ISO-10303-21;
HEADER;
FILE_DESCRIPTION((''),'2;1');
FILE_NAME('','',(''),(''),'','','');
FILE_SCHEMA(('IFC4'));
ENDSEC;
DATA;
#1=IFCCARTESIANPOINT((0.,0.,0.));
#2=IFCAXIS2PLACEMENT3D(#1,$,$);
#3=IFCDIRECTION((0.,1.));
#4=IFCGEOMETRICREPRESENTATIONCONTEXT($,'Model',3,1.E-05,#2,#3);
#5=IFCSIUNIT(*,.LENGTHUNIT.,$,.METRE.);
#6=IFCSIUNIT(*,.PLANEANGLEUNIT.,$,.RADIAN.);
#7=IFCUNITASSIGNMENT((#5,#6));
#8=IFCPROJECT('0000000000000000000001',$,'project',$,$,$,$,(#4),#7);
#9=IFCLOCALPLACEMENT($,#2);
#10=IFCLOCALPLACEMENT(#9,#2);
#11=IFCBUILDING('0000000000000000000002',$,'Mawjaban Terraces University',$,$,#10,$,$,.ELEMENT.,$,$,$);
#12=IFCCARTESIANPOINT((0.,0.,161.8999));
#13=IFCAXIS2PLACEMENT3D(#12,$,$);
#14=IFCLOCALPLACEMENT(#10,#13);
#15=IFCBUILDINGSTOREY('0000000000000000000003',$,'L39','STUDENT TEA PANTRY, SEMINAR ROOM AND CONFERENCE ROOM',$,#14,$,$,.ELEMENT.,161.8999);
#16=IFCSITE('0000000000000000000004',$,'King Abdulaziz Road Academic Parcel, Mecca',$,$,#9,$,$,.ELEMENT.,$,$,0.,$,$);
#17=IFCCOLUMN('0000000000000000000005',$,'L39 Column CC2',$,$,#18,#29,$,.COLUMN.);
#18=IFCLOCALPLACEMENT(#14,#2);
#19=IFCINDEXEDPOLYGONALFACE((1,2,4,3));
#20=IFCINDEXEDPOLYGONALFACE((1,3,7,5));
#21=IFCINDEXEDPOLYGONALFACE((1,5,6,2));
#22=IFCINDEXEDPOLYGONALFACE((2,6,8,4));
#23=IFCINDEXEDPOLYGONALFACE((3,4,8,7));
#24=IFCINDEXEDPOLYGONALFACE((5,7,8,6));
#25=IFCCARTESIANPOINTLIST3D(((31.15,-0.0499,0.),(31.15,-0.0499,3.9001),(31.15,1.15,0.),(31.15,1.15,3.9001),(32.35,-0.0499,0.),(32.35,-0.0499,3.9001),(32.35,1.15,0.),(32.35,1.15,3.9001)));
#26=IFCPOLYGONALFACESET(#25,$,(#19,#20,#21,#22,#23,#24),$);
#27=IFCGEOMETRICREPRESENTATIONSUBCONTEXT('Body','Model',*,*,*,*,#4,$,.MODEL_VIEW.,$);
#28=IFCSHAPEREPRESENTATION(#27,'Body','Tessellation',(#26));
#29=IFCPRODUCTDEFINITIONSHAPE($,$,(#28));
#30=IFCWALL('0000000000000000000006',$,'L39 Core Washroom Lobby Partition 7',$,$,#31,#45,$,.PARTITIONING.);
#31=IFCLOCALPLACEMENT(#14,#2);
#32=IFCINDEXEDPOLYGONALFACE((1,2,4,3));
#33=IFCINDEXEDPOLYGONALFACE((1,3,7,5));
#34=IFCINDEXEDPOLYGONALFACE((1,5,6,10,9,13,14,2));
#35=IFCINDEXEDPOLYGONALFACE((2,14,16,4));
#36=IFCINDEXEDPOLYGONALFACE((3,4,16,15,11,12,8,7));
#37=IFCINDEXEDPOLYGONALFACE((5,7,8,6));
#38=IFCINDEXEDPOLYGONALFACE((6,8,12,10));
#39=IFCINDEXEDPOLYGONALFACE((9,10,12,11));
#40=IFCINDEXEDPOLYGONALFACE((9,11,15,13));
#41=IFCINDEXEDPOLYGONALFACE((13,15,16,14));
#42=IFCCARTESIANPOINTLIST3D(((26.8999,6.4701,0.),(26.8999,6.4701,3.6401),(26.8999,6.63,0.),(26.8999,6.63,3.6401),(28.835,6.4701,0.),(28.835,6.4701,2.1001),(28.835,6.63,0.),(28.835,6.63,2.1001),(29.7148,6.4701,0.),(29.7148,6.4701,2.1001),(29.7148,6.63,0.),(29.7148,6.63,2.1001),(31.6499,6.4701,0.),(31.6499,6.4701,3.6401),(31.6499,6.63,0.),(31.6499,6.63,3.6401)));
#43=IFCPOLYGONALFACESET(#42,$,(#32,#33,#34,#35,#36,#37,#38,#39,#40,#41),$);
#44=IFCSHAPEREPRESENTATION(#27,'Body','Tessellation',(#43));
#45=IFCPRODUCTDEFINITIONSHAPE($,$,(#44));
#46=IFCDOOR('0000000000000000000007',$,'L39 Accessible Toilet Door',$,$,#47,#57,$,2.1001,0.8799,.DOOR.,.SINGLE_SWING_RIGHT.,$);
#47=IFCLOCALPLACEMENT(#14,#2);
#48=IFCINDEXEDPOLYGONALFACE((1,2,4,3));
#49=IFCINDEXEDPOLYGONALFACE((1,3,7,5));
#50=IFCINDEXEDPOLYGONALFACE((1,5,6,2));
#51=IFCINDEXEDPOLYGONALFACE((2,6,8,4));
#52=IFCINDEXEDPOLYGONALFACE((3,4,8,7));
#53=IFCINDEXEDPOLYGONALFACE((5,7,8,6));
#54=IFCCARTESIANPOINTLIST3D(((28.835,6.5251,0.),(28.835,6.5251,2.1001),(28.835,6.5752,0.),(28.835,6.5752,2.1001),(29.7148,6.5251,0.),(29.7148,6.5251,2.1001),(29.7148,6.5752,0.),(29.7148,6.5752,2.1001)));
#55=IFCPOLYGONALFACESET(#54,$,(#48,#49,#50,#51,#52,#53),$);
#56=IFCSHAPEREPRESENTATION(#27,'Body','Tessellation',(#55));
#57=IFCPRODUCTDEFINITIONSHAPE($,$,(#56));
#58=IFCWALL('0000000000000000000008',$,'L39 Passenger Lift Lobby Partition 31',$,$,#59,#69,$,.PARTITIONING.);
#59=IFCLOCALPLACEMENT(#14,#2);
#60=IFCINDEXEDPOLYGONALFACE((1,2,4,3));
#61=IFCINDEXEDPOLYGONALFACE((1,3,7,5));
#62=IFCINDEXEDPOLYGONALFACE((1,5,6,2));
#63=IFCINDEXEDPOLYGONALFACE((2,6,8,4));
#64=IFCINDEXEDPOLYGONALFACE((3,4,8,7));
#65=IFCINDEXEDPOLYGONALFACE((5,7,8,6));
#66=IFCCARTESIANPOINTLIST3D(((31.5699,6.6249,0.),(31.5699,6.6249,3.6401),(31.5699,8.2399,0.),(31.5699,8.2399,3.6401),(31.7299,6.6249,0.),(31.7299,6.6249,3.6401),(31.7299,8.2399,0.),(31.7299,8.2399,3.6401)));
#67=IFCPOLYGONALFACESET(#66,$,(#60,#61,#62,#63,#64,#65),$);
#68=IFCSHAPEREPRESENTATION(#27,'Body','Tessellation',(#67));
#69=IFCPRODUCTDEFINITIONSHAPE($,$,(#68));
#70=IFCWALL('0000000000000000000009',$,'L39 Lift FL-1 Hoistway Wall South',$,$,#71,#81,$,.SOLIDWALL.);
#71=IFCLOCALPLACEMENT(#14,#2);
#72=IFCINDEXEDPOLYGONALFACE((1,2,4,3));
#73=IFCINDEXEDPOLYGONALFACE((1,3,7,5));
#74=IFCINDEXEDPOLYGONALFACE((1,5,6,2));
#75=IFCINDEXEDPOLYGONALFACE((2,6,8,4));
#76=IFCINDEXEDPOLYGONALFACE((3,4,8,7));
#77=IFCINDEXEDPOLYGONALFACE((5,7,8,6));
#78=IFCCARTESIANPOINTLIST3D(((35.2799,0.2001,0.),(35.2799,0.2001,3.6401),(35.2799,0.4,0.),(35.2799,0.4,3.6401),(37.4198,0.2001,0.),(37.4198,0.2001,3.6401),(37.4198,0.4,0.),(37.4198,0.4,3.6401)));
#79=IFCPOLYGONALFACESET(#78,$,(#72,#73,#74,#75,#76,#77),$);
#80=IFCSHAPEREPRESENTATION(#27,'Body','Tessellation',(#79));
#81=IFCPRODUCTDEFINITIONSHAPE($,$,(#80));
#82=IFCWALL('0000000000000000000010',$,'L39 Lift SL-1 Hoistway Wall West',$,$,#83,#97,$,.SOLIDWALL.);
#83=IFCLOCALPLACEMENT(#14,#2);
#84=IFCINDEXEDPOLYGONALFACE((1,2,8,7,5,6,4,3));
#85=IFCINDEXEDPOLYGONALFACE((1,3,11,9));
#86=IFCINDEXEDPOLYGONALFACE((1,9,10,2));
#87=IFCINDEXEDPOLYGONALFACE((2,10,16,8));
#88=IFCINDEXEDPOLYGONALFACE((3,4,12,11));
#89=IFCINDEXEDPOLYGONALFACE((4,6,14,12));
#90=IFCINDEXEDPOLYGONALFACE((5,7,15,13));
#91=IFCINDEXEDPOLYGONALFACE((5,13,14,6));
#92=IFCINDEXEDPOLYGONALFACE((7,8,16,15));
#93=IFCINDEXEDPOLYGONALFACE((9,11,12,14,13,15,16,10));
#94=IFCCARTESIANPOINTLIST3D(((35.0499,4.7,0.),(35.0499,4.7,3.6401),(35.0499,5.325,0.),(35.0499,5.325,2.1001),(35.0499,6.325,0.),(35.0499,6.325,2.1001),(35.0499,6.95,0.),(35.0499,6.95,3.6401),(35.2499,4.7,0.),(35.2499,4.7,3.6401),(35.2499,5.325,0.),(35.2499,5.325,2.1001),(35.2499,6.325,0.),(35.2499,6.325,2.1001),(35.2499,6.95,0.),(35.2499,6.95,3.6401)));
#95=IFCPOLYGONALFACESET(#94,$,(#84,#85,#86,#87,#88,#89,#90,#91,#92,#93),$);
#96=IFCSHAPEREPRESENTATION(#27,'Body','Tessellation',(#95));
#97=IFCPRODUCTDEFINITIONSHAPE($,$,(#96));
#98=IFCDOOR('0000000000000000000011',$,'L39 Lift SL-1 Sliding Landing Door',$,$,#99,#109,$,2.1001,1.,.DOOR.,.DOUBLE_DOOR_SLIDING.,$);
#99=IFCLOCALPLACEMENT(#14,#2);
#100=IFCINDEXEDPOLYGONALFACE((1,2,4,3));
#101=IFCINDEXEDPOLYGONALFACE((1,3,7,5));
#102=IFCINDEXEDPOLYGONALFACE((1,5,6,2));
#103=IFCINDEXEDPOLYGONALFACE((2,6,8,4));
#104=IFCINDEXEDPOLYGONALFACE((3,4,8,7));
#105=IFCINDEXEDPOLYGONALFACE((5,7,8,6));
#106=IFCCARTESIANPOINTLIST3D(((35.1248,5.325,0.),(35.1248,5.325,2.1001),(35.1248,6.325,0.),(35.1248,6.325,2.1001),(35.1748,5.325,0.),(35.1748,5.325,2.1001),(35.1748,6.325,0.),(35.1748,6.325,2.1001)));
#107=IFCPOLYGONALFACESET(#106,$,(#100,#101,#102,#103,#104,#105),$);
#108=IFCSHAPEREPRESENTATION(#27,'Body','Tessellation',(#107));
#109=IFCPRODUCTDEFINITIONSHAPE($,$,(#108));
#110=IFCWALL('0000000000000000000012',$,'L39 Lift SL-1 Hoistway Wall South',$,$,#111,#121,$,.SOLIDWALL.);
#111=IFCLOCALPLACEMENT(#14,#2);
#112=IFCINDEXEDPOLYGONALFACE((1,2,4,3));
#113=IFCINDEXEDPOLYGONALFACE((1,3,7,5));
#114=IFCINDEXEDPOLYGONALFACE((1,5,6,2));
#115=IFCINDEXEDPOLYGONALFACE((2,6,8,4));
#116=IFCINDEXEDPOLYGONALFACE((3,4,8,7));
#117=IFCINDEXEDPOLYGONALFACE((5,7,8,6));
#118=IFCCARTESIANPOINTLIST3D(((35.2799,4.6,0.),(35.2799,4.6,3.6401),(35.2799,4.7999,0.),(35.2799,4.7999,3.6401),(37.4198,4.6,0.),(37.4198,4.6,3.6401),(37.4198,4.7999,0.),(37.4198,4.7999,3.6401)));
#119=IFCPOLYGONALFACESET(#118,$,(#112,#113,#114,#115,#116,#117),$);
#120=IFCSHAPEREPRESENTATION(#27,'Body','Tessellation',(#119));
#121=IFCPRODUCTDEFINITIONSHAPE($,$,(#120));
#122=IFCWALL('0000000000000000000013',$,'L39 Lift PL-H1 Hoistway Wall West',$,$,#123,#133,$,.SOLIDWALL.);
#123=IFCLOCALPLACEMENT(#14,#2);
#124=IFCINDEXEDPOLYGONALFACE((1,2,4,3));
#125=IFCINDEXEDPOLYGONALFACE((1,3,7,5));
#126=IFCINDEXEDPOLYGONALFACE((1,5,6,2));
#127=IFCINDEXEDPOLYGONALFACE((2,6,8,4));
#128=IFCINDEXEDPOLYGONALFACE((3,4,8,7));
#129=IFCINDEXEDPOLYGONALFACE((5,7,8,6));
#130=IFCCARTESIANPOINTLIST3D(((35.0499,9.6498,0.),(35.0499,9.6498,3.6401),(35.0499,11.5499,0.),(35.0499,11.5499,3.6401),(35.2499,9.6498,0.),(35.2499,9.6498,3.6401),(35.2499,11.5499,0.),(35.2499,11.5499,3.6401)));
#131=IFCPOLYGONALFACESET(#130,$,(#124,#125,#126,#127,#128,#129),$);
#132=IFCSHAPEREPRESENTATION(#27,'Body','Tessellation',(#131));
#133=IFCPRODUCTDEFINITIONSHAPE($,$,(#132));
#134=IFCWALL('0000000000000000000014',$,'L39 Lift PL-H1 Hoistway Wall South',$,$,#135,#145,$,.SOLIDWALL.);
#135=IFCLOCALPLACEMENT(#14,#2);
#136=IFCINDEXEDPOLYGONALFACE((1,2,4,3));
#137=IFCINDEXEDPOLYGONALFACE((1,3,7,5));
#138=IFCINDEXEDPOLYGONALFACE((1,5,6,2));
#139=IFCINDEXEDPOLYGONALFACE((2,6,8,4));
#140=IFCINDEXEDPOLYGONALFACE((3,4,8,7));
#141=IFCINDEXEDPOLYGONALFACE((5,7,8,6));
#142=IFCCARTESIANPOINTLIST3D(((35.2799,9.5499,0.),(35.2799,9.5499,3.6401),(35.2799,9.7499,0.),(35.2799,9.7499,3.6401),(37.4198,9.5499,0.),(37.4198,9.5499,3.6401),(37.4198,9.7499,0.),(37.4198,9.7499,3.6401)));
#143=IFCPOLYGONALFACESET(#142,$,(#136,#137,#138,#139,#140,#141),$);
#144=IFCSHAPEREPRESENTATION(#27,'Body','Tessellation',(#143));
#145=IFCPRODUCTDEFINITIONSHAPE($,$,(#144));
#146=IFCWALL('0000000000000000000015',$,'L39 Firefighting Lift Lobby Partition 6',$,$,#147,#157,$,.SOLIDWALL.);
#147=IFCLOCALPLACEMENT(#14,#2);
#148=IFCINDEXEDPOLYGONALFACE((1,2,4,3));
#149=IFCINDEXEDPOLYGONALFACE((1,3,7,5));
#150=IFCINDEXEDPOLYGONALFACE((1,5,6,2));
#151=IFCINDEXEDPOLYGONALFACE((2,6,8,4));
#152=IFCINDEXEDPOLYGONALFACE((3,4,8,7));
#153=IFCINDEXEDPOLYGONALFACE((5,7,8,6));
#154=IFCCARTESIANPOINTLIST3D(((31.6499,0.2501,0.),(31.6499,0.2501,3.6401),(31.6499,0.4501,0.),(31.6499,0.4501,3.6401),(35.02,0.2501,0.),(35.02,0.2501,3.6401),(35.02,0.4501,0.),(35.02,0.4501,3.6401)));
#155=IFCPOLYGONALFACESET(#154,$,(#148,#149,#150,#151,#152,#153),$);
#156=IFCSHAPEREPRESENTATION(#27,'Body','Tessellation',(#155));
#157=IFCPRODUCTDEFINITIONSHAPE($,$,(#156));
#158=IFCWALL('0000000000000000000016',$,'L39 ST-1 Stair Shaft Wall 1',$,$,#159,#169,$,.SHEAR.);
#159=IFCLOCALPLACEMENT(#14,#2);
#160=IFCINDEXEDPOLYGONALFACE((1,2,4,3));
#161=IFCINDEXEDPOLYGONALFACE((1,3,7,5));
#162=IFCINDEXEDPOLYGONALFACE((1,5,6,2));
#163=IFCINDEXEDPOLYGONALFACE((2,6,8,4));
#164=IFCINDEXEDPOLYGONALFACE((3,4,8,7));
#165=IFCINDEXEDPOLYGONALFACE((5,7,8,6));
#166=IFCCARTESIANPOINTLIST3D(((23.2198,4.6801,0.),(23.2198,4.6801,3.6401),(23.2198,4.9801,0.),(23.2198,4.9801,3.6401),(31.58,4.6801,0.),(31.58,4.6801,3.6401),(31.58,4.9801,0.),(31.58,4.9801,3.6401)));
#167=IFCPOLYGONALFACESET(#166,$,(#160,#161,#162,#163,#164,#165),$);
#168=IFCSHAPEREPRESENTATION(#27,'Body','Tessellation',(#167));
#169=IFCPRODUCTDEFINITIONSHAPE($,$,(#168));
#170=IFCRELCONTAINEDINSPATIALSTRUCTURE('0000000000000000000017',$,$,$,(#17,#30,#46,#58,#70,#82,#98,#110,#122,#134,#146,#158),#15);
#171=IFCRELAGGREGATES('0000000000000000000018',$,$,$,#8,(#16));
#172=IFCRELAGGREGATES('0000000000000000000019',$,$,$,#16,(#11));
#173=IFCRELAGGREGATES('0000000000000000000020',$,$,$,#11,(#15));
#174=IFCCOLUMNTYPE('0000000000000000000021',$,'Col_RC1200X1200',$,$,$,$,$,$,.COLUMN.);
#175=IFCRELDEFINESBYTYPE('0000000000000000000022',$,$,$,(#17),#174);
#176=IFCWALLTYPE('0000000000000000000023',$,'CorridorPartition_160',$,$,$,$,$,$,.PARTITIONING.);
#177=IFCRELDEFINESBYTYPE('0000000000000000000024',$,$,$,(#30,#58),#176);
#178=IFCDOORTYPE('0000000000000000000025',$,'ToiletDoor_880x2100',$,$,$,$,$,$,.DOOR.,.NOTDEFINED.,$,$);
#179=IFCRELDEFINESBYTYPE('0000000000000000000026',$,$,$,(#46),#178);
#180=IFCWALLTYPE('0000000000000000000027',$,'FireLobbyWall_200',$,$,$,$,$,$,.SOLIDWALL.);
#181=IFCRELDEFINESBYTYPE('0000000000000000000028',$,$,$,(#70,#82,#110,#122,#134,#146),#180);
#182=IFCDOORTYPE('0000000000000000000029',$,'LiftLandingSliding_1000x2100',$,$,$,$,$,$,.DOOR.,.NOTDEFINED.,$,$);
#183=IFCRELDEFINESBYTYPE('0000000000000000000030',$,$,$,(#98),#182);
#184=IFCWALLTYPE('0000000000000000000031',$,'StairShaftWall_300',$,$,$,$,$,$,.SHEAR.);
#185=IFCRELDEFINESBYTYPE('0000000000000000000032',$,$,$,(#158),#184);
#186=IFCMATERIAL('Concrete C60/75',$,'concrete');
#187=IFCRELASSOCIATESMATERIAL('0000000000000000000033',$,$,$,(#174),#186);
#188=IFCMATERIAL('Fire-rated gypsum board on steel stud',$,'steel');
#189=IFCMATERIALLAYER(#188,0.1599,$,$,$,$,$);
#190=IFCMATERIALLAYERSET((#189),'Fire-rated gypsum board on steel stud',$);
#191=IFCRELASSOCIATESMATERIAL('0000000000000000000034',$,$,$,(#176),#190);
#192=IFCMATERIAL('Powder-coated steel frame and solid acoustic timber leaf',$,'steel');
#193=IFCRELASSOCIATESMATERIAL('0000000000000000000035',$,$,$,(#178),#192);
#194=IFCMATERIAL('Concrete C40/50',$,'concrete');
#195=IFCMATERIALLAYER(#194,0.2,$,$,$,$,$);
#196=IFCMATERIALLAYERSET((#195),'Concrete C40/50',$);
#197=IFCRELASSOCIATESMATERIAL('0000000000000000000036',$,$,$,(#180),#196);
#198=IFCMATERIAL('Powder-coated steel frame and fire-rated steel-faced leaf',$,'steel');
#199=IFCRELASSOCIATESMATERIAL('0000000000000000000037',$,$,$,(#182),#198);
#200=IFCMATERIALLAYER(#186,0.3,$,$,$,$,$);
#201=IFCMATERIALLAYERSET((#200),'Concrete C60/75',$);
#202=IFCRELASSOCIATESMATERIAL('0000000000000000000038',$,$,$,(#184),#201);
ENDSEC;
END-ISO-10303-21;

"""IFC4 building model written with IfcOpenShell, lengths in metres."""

from ifc_helpers import new_model, si_unit, direction, frame, frame_2d, origin, origin_2d, place, context, subcontext, project, spatial, rectangle, extrude, material, layer, layer_set, material_profile, profile_set, type_object, element, fill, save


model = new_model("IFC4")

# Units and contexts
model_context = context("Model", 3, precision=1e-05, world=origin(), true_north=direction((0.0, 1.0)))
body_context = subcontext(model_context, "Body", "Model", "MODEL_VIEW")
ifc_project = project(units=[si_unit("LENGTHUNIT", "METRE"), si_unit("PLANEANGLEUNIT", "RADIAN")], contexts=[model_context])

# Site, building, storey
site_placement = place(None, origin())
site = spatial("IfcSite", under=ifc_project, at=site_placement, Name="King Abdulaziz Road Academic Parcel, Mecca", CompositionType="ELEMENT", RefElevation=0.0)
building_placement = place(site_placement, origin())
building = spatial("IfcBuilding", under=site, at=building_placement, Name="Mawjaban Terraces University", CompositionType="ELEMENT")
storey_placement = place(building_placement, frame((0.0, 0.0, 161.8999)))
storey = spatial("IfcBuildingStorey", under=building, at=storey_placement, Name="L39", Description="STUDENT TEA PANTRY, SEMINAR ROOM AND CONFERENCE ROOM", CompositionType="ELEMENT", Elevation=161.8999)

# Column
ifc_material_1 = material(Name="Concrete C60/75", Category="concrete")
ifc_material_profile = material_profile(ifc_material_1, rectangle(XDim=1.2, YDim=1.2, at=origin_2d()), Name="RC1200X1200")
ifc_profile_set = profile_set([ifc_material_profile], Name="Concrete C60/75")
column_type = type_object("IfcColumnType", Name="Col_RC1200X1200", PredefinedType="COLUMN", material=ifc_profile_set)
column_placement = place(storey_placement, frame((31.75, 0.55, 0.0), z_axis=(0.0, 0.0, 1.0), x_axis=(1.0, 0.0, 0.0)))
element("IfcColumn", 1, at=column_placement, inside=storey, type_object=column_type, Name="L39 Column CC2", PredefinedType="COLUMN", context=body_context, shape_type="SweptSolid", body=[
    extrude(rectangle(XDim=1.2, YDim=1.2, at=origin_2d()), origin(), (0.0, 0.0, 1.0), 3.9001),
])

# Wall, opening, door
ifc_material_2 = material(Name="Fire-rated gypsum board on steel stud", Category="steel")
ifc_layer_1 = layer(ifc_material_2, 0.1599)
ifc_layer_set_1 = layer_set([ifc_layer_1], Name="Fire-rated gypsum board on steel stud")
wall_type_1 = type_object("IfcWallType", Name="CorridorPartition_160", PredefinedType="PARTITIONING", material=ifc_layer_set_1)
wall_1_placement = place(storey_placement, frame((31.6499, 6.55, 0.0), z_axis=(0.0, 0.0, 1.0), x_axis=(-1.0, 0.0, 0.0)))
wall_1 = element("IfcWall", 2, at=wall_1_placement, inside=storey, type_object=wall_type_1, Name="L39 Core Washroom Lobby Partition 7", PredefinedType="PARTITIONING", context=body_context, shape_type="SweptSolid", body=[
    extrude(rectangle(XDim=4.75, YDim=0.1599, at=frame_2d((2.375, 0.0))), origin(), (0.0, 0.0, 1.0), 3.6401),
])
opening_1_placement = place(wall_1_placement, frame((1.9351, 0.0, 0.0)))
opening_1 = element("IfcOpeningElement", 3, at=opening_1_placement, cuts=wall_1, PredefinedType="OPENING", context=body_context, shape_type="SweptSolid", body=[
    extrude(rectangle(XDim=0.8799, YDim=2.1001, at=frame_2d((0.4399, 1.05))), frame((0.0, 0.0898, 0.0), z_axis=(0.0, -1.0, 0.0), x_axis=(1.0, 0.0, 0.0)), (0.0, 0.0, 1.0), 0.1799),
])
ifc_material_3 = material(Name="Powder-coated steel frame and solid acoustic timber leaf", Category="steel")
door_type_1 = type_object("IfcDoorType", Name="ToiletDoor_880x2100", OperationType="NOTDEFINED", PredefinedType="DOOR", material=ifc_material_3)
door_1_placement = place(opening_1_placement, origin())
door_1 = element("IfcDoor", 4, at=door_1_placement, inside=storey, type_object=door_type_1, Name="L39 Accessible Toilet Door", OperationType="SINGLE_SWING_RIGHT", OverallHeight=2.1001, OverallWidth=0.8799, PredefinedType="DOOR", context=body_context, shape_type="SweptSolid", body=[
    extrude(rectangle(XDim=0.8799, YDim=2.1001, at=frame_2d((0.4399, 1.05))), frame((0.0, 0.0249, 0.0), z_axis=(0.0, -1.0, 0.0), x_axis=(1.0, 0.0, 0.0)), (0.0, 0.0, 1.0), 0.05),
])
fill(opening_1, door_1)

# Wall
wall_2_placement = place(storey_placement, frame((31.6499, 8.24, 0.0), z_axis=(0.0, 0.0, 1.0), x_axis=(0.0, -1.0, 0.0)))
element("IfcWall", 5, at=wall_2_placement, inside=storey, type_object=wall_type_1, Name="L39 Passenger Lift Lobby Partition 31", PredefinedType="PARTITIONING", context=body_context, shape_type="SweptSolid", body=[
    extrude(rectangle(XDim=1.615, YDim=0.1599, at=frame_2d((0.8076, 0.0))), origin(), (0.0, 0.0, 1.0), 3.6401),
])

# Shared definitions
ifc_material_4 = material(Name="Concrete C40/50", Category="concrete")
ifc_layer_2 = layer(ifc_material_4, 0.2)
ifc_layer_set_2 = layer_set([ifc_layer_2], Name="Concrete C40/50")
wall_type_2 = type_object("IfcWallType", Name="FireLobbyWall_200", PredefinedType="SOLIDWALL", material=ifc_layer_set_2)
ifc_material_5 = material(Name="Powder-coated steel frame and fire-rated steel-faced leaf", Category="steel")

# Wall
wall_3_placement = place(storey_placement, frame((35.28, 0.3, 0.0), z_axis=(0.0, 0.0, 1.0), x_axis=(1.0, 0.0, 0.0)))
element("IfcWall", 6, at=wall_3_placement, inside=storey, type_object=wall_type_2, Name="L39 Lift FL-1 Hoistway Wall South", PredefinedType="SOLIDWALL", context=body_context, shape_type="SweptSolid", body=[
    extrude(rectangle(XDim=2.1399, YDim=0.2, at=frame_2d((1.0698, 0.0))), origin(), (0.0, 0.0, 1.0), 3.6401),
])

# Wall, opening, door
wall_4_placement = place(storey_placement, frame((35.1499, 6.95, 0.0), z_axis=(0.0, 0.0, 1.0), x_axis=(0.0, -1.0, 0.0)))
wall_4 = element("IfcWall", 7, at=wall_4_placement, inside=storey, type_object=wall_type_2, Name="L39 Lift SL-1 Hoistway Wall West", PredefinedType="SOLIDWALL", context=body_context, shape_type="SweptSolid", body=[
    extrude(rectangle(XDim=2.25, YDim=0.2, at=frame_2d((1.125, 0.0))), origin(), (0.0, 0.0, 1.0), 3.6401),
])
opening_2_placement = place(wall_4_placement, frame((0.625, 0.0, 0.0)))
opening_2 = element("IfcOpeningElement", 8, at=opening_2_placement, cuts=wall_4, PredefinedType="OPENING", context=body_context, shape_type="SweptSolid", body=[
    extrude(rectangle(XDim=1.0, YDim=2.1001, at=frame_2d((0.5, 1.05))), frame((0.0, 0.1099, 0.0), z_axis=(0.0, -1.0, 0.0), x_axis=(1.0, 0.0, 0.0)), (0.0, 0.0, 1.0), 0.22),
])
door_type_2 = type_object("IfcDoorType", Name="LiftLandingSliding_1000x2100", OperationType="NOTDEFINED", PredefinedType="DOOR", material=ifc_material_5)
door_2_placement = place(opening_2_placement, origin())
door_2 = element("IfcDoor", 9, at=door_2_placement, inside=storey, type_object=door_type_2, Name="L39 Lift SL-1 Sliding Landing Door", OperationType="DOUBLE_DOOR_SLIDING", OverallHeight=2.1001, OverallWidth=1.0, PredefinedType="DOOR", context=body_context, shape_type="SweptSolid", body=[
    extrude(rectangle(XDim=1.0, YDim=2.1001, at=frame_2d((0.5, 1.05))), frame((0.0, 0.0249, 0.0), z_axis=(0.0, -1.0, 0.0), x_axis=(1.0, 0.0, 0.0)), (0.0, 0.0, 1.0), 0.05),
])
fill(opening_2, door_2)

# Walls
wall_5_placement = place(storey_placement, frame((35.28, 4.7, 0.0), z_axis=(0.0, 0.0, 1.0), x_axis=(1.0, 0.0, 0.0)))
element("IfcWall", 10, at=wall_5_placement, inside=storey, type_object=wall_type_2, Name="L39 Lift SL-1 Hoistway Wall South", PredefinedType="SOLIDWALL", context=body_context, shape_type="SweptSolid", body=[
    extrude(rectangle(XDim=2.1399, YDim=0.2, at=frame_2d((1.0698, 0.0))), origin(), (0.0, 0.0, 1.0), 3.6401),
])
wall_6_placement = place(storey_placement, frame((35.1499, 11.55, 0.0), z_axis=(0.0, 0.0, 1.0), x_axis=(0.0, -1.0, 0.0)))
element("IfcWall", 11, at=wall_6_placement, inside=storey, type_object=wall_type_2, Name="L39 Lift PL-H1 Hoistway Wall West", PredefinedType="SOLIDWALL", context=body_context, shape_type="SweptSolid", body=[
    extrude(rectangle(XDim=1.9001, YDim=0.2, at=frame_2d((0.9502, 0.0))), origin(), (0.0, 0.0, 1.0), 3.6401),
])
wall_7_placement = place(storey_placement, frame((35.28, 9.6499, 0.0), z_axis=(0.0, 0.0, 1.0), x_axis=(1.0, 0.0, 0.0)))
element("IfcWall", 12, at=wall_7_placement, inside=storey, type_object=wall_type_2, Name="L39 Lift PL-H1 Hoistway Wall South", PredefinedType="SOLIDWALL", context=body_context, shape_type="SweptSolid", body=[
    extrude(rectangle(XDim=2.1399, YDim=0.2, at=frame_2d((1.0698, 0.0))), origin(), (0.0, 0.0, 1.0), 3.6401),
])
wall_8_placement = place(storey_placement, frame((31.6499, 0.3501, 0.0), z_axis=(0.0, 0.0, 1.0), x_axis=(1.0, 0.0, 0.0)))
element("IfcWall", 13, at=wall_8_placement, inside=storey, type_object=wall_type_2, Name="L39 Firefighting Lift Lobby Partition 6", PredefinedType="SOLIDWALL", context=body_context, shape_type="SweptSolid", body=[
    extrude(rectangle(XDim=3.3701, YDim=0.2, at=frame_2d((1.6851, 0.0))), origin(), (0.0, 0.0, 1.0), 3.6401),
])

# Wall
ifc_layer_3 = layer(ifc_material_1, 0.3)
ifc_layer_set_3 = layer_set([ifc_layer_3], Name="Concrete C60/75")
wall_type_3 = type_object("IfcWallType", Name="StairShaftWall_300", PredefinedType="SHEAR", material=ifc_layer_set_3)
wall_9_placement = place(storey_placement, frame((31.5801, 4.8301, 0.0), z_axis=(0.0, 0.0, 1.0), x_axis=(-1.0, 0.0, 0.0)))
element("IfcWall", 14, at=wall_9_placement, inside=storey, type_object=wall_type_3, Name="L39 ST-1 Stair Shaft Wall 1", PredefinedType="SHEAR", context=body_context, shape_type="SweptSolid", body=[
    extrude(rectangle(XDim=8.3601, YDim=0.3, at=frame_2d((4.1802, 0.0))), origin(), (0.0, 0.0, 1.0), 3.6401),
])

save(model, "model.ifc")
